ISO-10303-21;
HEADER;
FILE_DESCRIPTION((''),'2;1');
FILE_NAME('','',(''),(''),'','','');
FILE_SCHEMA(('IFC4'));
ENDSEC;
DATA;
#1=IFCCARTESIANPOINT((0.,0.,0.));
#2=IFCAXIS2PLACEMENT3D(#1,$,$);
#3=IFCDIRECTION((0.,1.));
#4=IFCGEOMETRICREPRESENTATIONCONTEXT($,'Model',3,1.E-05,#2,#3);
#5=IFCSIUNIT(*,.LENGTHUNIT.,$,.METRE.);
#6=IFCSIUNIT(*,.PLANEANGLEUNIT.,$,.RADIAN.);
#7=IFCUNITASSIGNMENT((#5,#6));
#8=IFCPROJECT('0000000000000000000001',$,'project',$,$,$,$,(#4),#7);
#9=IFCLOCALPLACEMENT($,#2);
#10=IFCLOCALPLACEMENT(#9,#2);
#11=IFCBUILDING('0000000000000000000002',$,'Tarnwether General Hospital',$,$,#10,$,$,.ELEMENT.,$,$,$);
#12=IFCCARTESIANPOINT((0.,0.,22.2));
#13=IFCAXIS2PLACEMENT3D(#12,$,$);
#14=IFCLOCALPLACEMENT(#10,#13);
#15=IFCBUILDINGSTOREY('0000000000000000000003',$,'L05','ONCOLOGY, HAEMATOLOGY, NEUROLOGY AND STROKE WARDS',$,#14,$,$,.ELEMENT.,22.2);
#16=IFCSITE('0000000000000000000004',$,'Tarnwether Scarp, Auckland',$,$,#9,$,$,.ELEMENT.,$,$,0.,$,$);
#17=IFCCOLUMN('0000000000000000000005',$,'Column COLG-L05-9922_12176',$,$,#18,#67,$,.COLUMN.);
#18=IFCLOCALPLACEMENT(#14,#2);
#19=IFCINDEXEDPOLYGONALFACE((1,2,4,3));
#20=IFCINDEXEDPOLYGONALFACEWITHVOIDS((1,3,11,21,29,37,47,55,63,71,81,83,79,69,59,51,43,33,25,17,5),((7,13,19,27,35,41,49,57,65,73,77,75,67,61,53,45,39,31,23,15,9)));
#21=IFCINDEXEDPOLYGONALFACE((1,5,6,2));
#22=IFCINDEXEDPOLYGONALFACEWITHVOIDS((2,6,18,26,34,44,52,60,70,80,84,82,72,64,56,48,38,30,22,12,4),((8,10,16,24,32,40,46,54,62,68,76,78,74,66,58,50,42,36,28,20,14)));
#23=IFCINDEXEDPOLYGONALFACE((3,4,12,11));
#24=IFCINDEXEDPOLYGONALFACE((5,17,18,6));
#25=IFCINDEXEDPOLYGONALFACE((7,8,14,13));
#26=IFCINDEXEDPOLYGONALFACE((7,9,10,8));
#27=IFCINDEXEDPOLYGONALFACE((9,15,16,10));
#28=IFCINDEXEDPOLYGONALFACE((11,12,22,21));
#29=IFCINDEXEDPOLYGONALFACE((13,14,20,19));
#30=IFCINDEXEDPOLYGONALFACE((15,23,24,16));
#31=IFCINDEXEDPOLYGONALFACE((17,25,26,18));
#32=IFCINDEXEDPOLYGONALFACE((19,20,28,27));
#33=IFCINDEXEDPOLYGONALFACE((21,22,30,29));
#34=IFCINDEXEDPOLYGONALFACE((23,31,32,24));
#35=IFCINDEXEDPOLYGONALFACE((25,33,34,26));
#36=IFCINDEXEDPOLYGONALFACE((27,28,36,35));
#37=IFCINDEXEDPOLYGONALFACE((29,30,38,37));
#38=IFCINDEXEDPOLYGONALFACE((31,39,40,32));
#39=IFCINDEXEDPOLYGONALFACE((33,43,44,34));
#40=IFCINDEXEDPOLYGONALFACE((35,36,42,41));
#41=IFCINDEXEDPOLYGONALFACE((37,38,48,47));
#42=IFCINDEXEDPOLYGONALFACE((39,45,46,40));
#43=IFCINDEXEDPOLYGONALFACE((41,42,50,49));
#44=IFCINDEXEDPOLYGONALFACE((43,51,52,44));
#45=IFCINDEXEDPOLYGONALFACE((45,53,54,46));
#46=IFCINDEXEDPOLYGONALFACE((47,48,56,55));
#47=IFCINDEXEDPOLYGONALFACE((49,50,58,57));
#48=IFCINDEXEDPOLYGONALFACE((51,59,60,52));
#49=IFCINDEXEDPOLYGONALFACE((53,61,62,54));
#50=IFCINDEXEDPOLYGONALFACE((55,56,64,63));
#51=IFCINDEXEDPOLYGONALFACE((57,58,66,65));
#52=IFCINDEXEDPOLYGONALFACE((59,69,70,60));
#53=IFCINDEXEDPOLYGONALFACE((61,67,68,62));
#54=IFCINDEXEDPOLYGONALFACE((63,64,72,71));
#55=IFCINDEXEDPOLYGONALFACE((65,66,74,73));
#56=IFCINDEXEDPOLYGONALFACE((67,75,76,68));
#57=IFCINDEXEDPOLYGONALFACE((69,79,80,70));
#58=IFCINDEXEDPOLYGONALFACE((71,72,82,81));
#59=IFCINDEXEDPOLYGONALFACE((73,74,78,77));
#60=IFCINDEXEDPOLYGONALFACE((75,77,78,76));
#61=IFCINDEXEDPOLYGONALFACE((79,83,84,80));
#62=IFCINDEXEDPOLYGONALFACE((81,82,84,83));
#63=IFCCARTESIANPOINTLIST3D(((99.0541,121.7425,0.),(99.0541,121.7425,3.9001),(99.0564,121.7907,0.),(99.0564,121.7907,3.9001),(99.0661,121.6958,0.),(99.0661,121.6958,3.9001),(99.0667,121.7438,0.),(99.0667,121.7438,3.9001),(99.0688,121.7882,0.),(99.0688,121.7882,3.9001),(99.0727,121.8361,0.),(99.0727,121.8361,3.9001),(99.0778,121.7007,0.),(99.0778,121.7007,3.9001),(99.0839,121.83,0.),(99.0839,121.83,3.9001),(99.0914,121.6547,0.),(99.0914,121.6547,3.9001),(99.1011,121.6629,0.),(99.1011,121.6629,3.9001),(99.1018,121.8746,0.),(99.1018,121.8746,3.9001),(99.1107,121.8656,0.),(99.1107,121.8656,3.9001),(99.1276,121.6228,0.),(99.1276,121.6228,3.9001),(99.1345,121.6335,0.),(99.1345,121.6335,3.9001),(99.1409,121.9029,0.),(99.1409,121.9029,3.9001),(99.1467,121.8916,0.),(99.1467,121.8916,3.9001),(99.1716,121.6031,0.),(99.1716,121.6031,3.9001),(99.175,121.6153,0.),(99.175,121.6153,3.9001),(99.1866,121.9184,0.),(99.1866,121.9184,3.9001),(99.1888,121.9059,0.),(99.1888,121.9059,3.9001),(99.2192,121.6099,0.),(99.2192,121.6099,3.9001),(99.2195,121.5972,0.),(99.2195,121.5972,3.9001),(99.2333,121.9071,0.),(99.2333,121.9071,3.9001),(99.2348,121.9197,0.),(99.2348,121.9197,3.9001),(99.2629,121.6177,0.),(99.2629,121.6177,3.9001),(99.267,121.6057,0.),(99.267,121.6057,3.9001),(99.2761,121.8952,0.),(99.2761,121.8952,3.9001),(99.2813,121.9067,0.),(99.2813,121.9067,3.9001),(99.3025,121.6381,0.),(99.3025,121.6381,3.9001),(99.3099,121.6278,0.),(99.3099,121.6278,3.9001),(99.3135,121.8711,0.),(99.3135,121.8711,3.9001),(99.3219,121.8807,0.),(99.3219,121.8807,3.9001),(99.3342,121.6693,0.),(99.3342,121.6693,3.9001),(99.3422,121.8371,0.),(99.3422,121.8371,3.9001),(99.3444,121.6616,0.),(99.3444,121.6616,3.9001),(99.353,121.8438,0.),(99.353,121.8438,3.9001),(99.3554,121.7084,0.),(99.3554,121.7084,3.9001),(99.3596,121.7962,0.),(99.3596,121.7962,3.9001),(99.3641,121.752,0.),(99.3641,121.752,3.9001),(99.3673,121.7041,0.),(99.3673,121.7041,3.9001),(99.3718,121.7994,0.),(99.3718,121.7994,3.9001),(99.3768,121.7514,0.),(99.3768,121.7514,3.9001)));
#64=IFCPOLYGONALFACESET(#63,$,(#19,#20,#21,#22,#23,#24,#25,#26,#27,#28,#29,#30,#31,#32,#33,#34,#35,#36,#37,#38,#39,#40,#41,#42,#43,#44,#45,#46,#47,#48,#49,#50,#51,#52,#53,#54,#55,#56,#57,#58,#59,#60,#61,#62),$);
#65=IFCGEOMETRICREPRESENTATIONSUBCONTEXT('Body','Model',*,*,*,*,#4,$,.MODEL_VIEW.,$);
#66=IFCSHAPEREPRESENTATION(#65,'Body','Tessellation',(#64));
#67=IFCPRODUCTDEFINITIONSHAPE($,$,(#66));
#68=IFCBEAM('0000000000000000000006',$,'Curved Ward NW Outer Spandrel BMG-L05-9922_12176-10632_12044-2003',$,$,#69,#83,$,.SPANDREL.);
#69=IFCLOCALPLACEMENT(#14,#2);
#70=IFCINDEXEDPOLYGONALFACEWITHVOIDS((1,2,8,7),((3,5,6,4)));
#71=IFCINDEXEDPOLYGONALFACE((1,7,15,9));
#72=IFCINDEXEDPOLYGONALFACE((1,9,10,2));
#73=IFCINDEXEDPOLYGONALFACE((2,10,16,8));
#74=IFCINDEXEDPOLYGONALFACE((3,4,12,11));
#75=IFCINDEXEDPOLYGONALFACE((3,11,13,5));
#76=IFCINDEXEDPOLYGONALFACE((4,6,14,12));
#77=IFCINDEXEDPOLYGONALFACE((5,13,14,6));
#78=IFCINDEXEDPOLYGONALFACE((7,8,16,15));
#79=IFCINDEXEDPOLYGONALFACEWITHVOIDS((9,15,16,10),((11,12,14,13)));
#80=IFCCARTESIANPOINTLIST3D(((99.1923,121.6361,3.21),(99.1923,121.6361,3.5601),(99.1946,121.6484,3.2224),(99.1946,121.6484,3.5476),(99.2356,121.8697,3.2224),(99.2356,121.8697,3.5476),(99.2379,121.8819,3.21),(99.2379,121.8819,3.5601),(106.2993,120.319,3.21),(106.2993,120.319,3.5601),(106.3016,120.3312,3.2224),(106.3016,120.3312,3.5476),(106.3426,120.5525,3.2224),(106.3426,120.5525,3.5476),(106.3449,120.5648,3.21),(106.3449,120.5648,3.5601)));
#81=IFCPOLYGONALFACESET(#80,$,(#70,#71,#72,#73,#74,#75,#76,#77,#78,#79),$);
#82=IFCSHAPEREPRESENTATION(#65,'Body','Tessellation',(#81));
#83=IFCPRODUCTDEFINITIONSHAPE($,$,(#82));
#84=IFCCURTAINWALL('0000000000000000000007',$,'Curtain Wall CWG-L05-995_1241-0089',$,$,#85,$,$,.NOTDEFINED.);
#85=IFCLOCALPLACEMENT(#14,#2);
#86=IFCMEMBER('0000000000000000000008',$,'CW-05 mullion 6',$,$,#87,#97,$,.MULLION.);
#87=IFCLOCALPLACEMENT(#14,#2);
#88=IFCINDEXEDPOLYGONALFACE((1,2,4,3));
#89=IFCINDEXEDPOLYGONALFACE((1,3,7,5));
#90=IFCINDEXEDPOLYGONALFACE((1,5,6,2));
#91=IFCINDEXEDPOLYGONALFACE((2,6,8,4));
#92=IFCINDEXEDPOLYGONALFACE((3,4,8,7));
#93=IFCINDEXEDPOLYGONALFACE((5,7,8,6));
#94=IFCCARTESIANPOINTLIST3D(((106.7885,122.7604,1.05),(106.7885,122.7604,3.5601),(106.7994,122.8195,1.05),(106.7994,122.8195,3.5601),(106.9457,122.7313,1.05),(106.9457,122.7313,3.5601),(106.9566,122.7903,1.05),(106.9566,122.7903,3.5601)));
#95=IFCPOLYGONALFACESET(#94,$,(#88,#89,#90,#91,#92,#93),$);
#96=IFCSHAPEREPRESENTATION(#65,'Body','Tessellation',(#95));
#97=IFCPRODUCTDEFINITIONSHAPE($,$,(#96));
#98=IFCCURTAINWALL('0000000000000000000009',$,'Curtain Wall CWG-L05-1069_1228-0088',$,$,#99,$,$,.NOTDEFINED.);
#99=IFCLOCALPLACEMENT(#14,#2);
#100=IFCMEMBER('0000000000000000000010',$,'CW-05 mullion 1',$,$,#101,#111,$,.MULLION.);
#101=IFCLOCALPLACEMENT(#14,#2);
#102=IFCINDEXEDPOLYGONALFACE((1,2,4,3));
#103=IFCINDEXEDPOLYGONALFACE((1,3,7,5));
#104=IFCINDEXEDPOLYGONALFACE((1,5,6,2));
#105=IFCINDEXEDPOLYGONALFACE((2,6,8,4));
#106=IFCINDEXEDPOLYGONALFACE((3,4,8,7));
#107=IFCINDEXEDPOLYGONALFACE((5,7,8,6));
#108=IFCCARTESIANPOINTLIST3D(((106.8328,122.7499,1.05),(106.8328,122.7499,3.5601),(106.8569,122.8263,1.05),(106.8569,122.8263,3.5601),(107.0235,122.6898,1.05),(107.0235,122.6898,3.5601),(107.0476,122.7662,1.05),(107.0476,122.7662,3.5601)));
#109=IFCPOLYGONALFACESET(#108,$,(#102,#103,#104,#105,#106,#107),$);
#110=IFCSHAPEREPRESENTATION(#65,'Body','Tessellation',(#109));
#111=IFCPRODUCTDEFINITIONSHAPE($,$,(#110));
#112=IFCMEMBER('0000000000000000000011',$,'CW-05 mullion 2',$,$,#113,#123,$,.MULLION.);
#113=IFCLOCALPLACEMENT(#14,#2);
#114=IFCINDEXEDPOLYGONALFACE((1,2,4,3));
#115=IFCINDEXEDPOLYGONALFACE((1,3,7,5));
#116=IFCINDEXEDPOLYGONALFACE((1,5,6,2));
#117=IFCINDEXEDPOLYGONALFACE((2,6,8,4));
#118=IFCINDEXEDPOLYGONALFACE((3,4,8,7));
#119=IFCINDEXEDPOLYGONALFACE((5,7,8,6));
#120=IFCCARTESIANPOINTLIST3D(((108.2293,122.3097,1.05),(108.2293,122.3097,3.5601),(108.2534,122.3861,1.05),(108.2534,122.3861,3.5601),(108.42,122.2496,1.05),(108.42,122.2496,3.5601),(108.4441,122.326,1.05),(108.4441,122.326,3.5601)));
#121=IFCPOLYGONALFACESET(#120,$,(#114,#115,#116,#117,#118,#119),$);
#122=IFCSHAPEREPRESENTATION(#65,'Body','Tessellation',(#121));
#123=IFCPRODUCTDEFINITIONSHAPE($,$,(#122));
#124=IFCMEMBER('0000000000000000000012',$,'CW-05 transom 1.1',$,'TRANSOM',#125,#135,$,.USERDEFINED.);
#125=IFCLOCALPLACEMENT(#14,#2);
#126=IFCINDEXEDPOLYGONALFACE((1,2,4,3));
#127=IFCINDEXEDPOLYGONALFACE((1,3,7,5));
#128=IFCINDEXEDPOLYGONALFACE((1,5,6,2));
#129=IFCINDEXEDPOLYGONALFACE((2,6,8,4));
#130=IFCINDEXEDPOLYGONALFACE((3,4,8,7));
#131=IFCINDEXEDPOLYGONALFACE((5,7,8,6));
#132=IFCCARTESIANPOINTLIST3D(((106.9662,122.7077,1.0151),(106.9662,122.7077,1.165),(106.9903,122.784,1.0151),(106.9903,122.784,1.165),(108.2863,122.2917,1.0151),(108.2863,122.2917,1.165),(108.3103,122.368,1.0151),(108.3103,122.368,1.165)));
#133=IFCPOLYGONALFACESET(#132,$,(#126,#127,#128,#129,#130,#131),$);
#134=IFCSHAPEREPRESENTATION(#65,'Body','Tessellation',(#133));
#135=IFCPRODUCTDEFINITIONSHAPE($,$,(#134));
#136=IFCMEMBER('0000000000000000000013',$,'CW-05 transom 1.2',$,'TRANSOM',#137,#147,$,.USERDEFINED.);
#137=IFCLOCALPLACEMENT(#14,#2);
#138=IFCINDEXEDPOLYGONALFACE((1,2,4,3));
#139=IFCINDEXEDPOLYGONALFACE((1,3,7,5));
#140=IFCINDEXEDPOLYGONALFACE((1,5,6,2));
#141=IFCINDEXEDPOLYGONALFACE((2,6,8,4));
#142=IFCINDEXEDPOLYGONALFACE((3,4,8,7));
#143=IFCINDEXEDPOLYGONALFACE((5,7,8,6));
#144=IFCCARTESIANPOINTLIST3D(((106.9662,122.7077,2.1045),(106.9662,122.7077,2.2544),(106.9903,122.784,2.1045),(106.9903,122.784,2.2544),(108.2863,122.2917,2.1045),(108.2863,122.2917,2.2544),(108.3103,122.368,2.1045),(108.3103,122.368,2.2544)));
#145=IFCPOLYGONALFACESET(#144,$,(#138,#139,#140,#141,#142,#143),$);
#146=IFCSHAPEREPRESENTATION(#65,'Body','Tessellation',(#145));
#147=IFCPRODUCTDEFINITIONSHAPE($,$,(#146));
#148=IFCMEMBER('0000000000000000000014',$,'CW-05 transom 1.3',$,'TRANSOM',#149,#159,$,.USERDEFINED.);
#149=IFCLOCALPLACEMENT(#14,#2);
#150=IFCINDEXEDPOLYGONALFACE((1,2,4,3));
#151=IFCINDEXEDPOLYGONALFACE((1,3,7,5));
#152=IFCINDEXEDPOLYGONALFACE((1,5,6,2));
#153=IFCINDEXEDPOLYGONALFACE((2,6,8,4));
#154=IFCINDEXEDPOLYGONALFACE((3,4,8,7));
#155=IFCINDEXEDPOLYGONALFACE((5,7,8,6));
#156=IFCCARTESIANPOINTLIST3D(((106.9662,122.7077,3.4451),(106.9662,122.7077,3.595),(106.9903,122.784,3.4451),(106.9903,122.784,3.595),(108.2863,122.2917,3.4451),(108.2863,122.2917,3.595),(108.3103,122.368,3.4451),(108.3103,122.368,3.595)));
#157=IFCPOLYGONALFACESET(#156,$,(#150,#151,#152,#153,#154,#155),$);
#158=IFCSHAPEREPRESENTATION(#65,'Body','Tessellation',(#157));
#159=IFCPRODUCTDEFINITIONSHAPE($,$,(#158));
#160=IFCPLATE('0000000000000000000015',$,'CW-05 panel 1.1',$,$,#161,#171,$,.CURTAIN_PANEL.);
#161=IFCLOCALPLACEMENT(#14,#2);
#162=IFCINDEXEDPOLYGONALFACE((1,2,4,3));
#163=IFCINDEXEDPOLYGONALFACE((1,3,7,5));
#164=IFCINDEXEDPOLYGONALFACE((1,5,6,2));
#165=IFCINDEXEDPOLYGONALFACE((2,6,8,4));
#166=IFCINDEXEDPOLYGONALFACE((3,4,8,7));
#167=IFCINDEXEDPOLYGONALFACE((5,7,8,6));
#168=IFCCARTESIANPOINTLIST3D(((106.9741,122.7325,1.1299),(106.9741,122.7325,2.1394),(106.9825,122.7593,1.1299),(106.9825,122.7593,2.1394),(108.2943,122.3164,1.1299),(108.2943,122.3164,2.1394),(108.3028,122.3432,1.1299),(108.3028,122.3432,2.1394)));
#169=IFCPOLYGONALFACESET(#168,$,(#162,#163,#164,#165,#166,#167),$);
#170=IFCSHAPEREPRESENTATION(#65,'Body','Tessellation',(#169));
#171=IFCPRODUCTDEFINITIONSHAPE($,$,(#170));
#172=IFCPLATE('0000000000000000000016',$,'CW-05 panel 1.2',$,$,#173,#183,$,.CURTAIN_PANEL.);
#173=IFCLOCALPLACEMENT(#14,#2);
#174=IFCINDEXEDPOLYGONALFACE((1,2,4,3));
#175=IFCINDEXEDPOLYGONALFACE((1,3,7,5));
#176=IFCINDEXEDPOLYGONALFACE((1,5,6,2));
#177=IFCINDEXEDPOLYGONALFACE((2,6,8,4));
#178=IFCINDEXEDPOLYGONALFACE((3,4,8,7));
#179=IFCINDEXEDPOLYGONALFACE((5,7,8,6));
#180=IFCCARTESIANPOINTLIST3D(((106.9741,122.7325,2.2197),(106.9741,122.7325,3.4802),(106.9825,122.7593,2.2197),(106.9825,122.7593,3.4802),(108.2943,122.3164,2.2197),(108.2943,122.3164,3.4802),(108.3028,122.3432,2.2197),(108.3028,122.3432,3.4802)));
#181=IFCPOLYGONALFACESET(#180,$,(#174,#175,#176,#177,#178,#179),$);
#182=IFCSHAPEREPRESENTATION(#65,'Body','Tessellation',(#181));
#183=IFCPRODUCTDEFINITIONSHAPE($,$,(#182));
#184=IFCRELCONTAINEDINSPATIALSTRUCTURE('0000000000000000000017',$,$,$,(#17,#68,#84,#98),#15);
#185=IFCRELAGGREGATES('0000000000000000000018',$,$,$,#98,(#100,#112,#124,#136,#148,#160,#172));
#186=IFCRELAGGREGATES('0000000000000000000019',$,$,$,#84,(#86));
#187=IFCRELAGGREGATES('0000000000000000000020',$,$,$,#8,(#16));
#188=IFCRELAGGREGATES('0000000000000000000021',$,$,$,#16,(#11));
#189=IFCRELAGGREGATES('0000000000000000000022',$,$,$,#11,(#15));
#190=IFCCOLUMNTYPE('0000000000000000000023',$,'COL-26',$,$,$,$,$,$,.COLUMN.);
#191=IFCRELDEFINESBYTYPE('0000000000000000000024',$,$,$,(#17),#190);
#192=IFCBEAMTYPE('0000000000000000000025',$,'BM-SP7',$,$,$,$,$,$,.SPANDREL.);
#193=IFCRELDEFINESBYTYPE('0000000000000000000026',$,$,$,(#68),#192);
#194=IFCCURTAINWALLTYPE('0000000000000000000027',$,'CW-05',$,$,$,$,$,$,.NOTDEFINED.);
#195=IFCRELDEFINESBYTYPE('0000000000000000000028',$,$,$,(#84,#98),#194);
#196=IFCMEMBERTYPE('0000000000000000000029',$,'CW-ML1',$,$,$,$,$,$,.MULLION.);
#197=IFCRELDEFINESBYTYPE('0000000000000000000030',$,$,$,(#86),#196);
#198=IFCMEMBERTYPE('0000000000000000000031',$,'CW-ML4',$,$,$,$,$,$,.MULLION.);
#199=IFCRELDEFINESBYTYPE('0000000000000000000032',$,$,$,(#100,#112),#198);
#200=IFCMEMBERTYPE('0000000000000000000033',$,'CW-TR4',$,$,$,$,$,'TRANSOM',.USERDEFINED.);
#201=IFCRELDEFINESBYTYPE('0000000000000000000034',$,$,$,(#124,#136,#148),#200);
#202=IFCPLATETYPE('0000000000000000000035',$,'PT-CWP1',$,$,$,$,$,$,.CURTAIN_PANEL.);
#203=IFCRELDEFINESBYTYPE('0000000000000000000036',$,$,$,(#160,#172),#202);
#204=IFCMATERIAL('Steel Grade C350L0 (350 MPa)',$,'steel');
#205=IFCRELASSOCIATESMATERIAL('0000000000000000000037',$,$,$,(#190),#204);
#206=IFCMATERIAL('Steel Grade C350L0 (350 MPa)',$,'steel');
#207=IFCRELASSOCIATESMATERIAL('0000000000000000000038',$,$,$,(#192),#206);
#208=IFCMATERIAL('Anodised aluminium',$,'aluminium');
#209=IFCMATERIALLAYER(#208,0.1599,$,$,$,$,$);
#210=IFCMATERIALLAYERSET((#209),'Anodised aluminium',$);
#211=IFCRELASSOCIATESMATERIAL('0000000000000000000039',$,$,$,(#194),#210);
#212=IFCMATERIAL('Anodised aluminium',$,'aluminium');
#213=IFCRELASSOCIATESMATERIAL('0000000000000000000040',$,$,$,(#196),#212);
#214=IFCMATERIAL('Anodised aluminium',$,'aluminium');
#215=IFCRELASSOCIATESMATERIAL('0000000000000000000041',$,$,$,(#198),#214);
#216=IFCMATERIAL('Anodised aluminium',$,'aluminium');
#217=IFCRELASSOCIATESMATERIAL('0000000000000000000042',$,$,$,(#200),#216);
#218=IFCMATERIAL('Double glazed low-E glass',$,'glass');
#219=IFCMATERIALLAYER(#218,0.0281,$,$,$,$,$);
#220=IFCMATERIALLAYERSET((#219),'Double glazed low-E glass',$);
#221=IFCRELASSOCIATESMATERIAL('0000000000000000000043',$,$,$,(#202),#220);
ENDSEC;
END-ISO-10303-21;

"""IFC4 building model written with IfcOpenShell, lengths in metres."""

from ifc_helpers import new_model, si_unit, direction, frame, origin, origin_2d, place, context, subcontext, project, spatial, rectangle, hollow_rectangle, hollow_circle, extrude, material, layer, layer_set, material_profile, profile_set, type_object, element, aggregate, save


model = new_model("IFC4")

# Units and contexts
model_context = context("Model", 3, precision=1e-05, world=origin(), true_north=direction((0.0, 1.0)))
body_context = subcontext(model_context, "Body", "Model", "MODEL_VIEW")
ifc_project = project(units=[si_unit("LENGTHUNIT", "METRE"), si_unit("PLANEANGLEUNIT", "RADIAN")], contexts=[model_context])

# Site, building, storey
site_placement = place(None, origin())
site = spatial("IfcSite", under=ifc_project, at=site_placement, Name="Tarnwether Scarp, Auckland", CompositionType="ELEMENT", RefElevation=0.0)
building_placement = place(site_placement, origin())
building = spatial("IfcBuilding", under=site, at=building_placement, Name="Tarnwether General Hospital", CompositionType="ELEMENT")
storey_placement = place(building_placement, frame((0.0, 0.0, 22.2)))
storey = spatial("IfcBuildingStorey", under=building, at=storey_placement, Name="L05", Description="ONCOLOGY, HAEMATOLOGY, NEUROLOGY AND STROKE WARDS", CompositionType="ELEMENT", Elevation=22.2)

# Column
ifc_material_1 = material(Name="Steel Grade C350L0 (350 MPa)", Category="steel")
ifc_material_profile_1 = material_profile(ifc_material_1, hollow_circle(Radius=0.1619, WallThickness=0.0127, at=origin_2d()), Name="CHS323.9x12.7")
ifc_profile_set_1 = profile_set([ifc_material_profile_1], Name="Steel Grade C350L0 (350 MPa)")
column_type = type_object("IfcColumnType", Name="COL-26", PredefinedType="COLUMN", material=ifc_profile_set_1)
column_placement = place(storey_placement, frame((99.2151, 121.759, 0.0), z_axis=(0.0, 0.0, 1.0), x_axis=(0.121869, 0.992546, 0.0)))
element("IfcColumn", 1, at=column_placement, inside=storey, type_object=column_type, Name="Column COLG-L05-9922_12176", PredefinedType="COLUMN", context=body_context, shape_type="SweptSolid", body=[
    extrude(hollow_circle(Radius=0.1619, WallThickness=0.0127, at=origin_2d()), origin(), (0.0, 0.0, 1.0), 3.9001),
])

# Beam
ifc_material_2 = material(Name="Steel Grade C350L0 (350 MPa)", Category="steel")
ifc_material_profile_2 = material_profile(ifc_material_2, hollow_rectangle(XDim=0.25, YDim=0.3501, WallThickness=0.0125, at=origin_2d()), Name="RHS350x250x12.5")
ifc_profile_set_2 = profile_set([ifc_material_profile_2], Name="Steel Grade C350L0 (350 MPa)")
beam_type = type_object("IfcBeamType", Name="BM-SP7", PredefinedType="SPANDREL", material=ifc_profile_set_2)
beam_placement = place(storey_placement, frame((99.2151, 121.759, 3.385), z_axis=(0.983256, -0.182228, 0.0), x_axis=(0.182228, 0.983256, 0.0)))
element("IfcBeam", 2, at=beam_placement, inside=storey, type_object=beam_type, Name="Curved Ward NW Outer Spandrel BMG-L05-9922_12176-10632_12044-2003", PredefinedType="SPANDREL", context=body_context, shape_type="SweptSolid", body=[
    extrude(hollow_rectangle(XDim=0.25, YDim=0.3501, WallThickness=0.0125, at=origin_2d()), origin(), (0.0, 0.0, 1.0), 7.228),
])

# Curtain wall, member
ifc_material_3 = material(Name="Anodised aluminium", Category="aluminium")
ifc_layer_1 = layer(ifc_material_3, 0.1599)
ifc_layer_set_1 = layer_set([ifc_layer_1], Name="Anodised aluminium")
curtain_wall_type = type_object("IfcCurtainWallType", Name="CW-05", PredefinedType="NOTDEFINED", material=ifc_layer_set_1)
curtain_wall_1_placement = place(storey_placement, origin())
curtain_wall_1 = element("IfcCurtainWall", 3, at=curtain_wall_1_placement, inside=storey, type_object=curtain_wall_type, Name="Curtain Wall CWG-L05-995_1241-0089", PredefinedType="NOTDEFINED")
ifc_material_4 = material(Name="Anodised aluminium", Category="aluminium")
ifc_material_profile_3 = material_profile(ifc_material_4, rectangle(XDim=0.0601, YDim=0.1599, at=origin_2d()), Name="ALU-MUL-60x160")
ifc_profile_set_3 = profile_set([ifc_material_profile_3], Name="Anodised aluminium")
member_type_1 = type_object("IfcMemberType", Name="CW-ML1", PredefinedType="MULLION", material=ifc_profile_set_3)
member_1_placement = place(storey_placement, frame((106.8726, 122.7754, 1.05), z_axis=(0.0, 0.0, 1.0), x_axis=(0.182289, 0.983245, 0.0)))
member_1 = element("IfcMember", 4, at=member_1_placement, type_object=member_type_1, Name="CW-05 mullion 6", PredefinedType="MULLION", context=body_context, shape_type="SweptSolid", body=[
    extrude(rectangle(XDim=0.0601, YDim=0.1599, at=origin_2d()), origin(), (0.0, 0.0, 1.0), 2.51),
])

# Curtain wall, members, plates
curtain_wall_2_placement = place(storey_placement, origin())
curtain_wall_2 = element("IfcCurtainWall", 5, at=curtain_wall_2_placement, inside=storey, type_object=curtain_wall_type, Name="Curtain Wall CWG-L05-1069_1228-0088", PredefinedType="NOTDEFINED")
ifc_material_5 = material(Name="Anodised aluminium", Category="aluminium")
ifc_material_profile_4 = material_profile(ifc_material_5, rectangle(XDim=0.0801, YDim=0.2, at=origin_2d()), Name="ALU-MUL-80x200")
ifc_profile_set_4 = profile_set([ifc_material_profile_4], Name="Anodised aluminium")
member_type_2 = type_object("IfcMemberType", Name="CW-ML4", PredefinedType="MULLION", material=ifc_profile_set_4)
member_2_placement = place(storey_placement, frame((106.9402, 122.7581, 1.05), z_axis=(0.0, 0.0, 1.0), x_axis=(0.300629, 0.953741, 0.0)))
member_2 = element("IfcMember", 6, at=member_2_placement, type_object=member_type_2, Name="CW-05 mullion 1", PredefinedType="MULLION", context=body_context, shape_type="SweptSolid", body=[
    extrude(rectangle(XDim=0.0801, YDim=0.2, at=origin_2d()), origin(), (0.0, 0.0, 1.0), 2.51),
])
member_3_placement = place(storey_placement, frame((108.3367, 122.3179, 1.05), z_axis=(0.0, 0.0, 1.0), x_axis=(0.300629, 0.953741, 0.0)))
member_3 = element("IfcMember", 7, at=member_3_placement, type_object=member_type_2, Name="CW-05 mullion 2", PredefinedType="MULLION", context=body_context, shape_type="SweptSolid", body=[
    extrude(rectangle(XDim=0.0801, YDim=0.2, at=origin_2d()), origin(), (0.0, 0.0, 1.0), 2.51),
])
ifc_material_6 = material(Name="Anodised aluminium", Category="aluminium")
ifc_material_profile_5 = material_profile(ifc_material_6, rectangle(XDim=0.0801, YDim=0.1499, at=origin_2d()), Name="ALU-TRN-80x150")
ifc_profile_set_5 = profile_set([ifc_material_profile_5], Name="Anodised aluminium")
member_type_3 = type_object("IfcMemberType", Name="CW-TR4", ElementType="TRANSOM", PredefinedType="USERDEFINED", material=ifc_profile_set_5)
member_4_placement = place(storey_placement, frame((106.9783, 122.7458, 1.0901), z_axis=(0.953758, -0.300574, 0.0), x_axis=(0.300574, 0.953758, 0.0)))
member_4 = element("IfcMember", 8, at=member_4_placement, type_object=member_type_3, Name="CW-05 transom 1.1", ObjectType="TRANSOM", PredefinedType="USERDEFINED", context=body_context, shape_type="SweptSolid", body=[
    extrude(rectangle(XDim=0.0801, YDim=0.1499, at=origin_2d()), origin(), (0.0, 0.0, 1.0), 1.384),
])
member_5_placement = place(storey_placement, frame((106.9783, 122.7458, 2.1794), z_axis=(0.953758, -0.300574, 0.0), x_axis=(0.300574, 0.953758, 0.0)))
member_5 = element("IfcMember", 9, at=member_5_placement, type_object=member_type_3, Name="CW-05 transom 1.2", ObjectType="TRANSOM", PredefinedType="USERDEFINED", context=body_context, shape_type="SweptSolid", body=[
    extrude(rectangle(XDim=0.0801, YDim=0.1499, at=origin_2d()), origin(), (0.0, 0.0, 1.0), 1.384),
])
member_6_placement = place(storey_placement, frame((106.9783, 122.7458, 3.52), z_axis=(0.953758, -0.300574, 0.0), x_axis=(0.300574, 0.953758, 0.0)))
member_6 = element("IfcMember", 10, at=member_6_placement, type_object=member_type_3, Name="CW-05 transom 1.3", ObjectType="TRANSOM", PredefinedType="USERDEFINED", context=body_context, shape_type="SweptSolid", body=[
    extrude(rectangle(XDim=0.0801, YDim=0.1499, at=origin_2d()), origin(), (0.0, 0.0, 1.0), 1.384),
])
ifc_material_7 = material(Name="Double glazed low-E glass", Category="glass")
ifc_layer_2 = layer(ifc_material_7, 0.0281)
ifc_layer_set_2 = layer_set([ifc_layer_2], Name="Double glazed low-E glass")
plate_type_1 = type_object("IfcPlateType", Name="PT-CWP1", PredefinedType="CURTAIN_PANEL", material=ifc_layer_set_2)
plate_1_placement = place(storey_placement, frame((107.6384, 122.5378, 1.1299), z_axis=(0.0, 0.0, 1.0), x_axis=(0.953741, -0.300629, 0.0)))
plate_1 = element("IfcPlate", 11, at=plate_1_placement, type_object=plate_type_1, Name="CW-05 panel 1.1", PredefinedType="CURTAIN_PANEL", context=body_context, shape_type="SweptSolid", body=[
    extrude(rectangle(XDim=1.3843, YDim=0.0281, at=origin_2d()), origin(), (0.0, 0.0, 1.0), 1.0095),
])
plate_2_placement = place(storey_placement, frame((107.6384, 122.5378, 2.2197), z_axis=(0.0, 0.0, 1.0), x_axis=(0.953741, -0.300629, 0.0)))
plate_2 = element("IfcPlate", 12, at=plate_2_placement, type_object=plate_type_1, Name="CW-05 panel 1.2", PredefinedType="CURTAIN_PANEL", context=body_context, shape_type="SweptSolid", body=[
    extrude(rectangle(XDim=1.3843, YDim=0.0281, at=origin_2d()), origin(), (0.0, 0.0, 1.0), 1.2605),
])
aggregate(curtain_wall_2, [member_2, member_3, member_4, member_5, member_6, plate_1, plate_2])

aggregate(curtain_wall_1, [member_1])

save(model, "model.ifc")
